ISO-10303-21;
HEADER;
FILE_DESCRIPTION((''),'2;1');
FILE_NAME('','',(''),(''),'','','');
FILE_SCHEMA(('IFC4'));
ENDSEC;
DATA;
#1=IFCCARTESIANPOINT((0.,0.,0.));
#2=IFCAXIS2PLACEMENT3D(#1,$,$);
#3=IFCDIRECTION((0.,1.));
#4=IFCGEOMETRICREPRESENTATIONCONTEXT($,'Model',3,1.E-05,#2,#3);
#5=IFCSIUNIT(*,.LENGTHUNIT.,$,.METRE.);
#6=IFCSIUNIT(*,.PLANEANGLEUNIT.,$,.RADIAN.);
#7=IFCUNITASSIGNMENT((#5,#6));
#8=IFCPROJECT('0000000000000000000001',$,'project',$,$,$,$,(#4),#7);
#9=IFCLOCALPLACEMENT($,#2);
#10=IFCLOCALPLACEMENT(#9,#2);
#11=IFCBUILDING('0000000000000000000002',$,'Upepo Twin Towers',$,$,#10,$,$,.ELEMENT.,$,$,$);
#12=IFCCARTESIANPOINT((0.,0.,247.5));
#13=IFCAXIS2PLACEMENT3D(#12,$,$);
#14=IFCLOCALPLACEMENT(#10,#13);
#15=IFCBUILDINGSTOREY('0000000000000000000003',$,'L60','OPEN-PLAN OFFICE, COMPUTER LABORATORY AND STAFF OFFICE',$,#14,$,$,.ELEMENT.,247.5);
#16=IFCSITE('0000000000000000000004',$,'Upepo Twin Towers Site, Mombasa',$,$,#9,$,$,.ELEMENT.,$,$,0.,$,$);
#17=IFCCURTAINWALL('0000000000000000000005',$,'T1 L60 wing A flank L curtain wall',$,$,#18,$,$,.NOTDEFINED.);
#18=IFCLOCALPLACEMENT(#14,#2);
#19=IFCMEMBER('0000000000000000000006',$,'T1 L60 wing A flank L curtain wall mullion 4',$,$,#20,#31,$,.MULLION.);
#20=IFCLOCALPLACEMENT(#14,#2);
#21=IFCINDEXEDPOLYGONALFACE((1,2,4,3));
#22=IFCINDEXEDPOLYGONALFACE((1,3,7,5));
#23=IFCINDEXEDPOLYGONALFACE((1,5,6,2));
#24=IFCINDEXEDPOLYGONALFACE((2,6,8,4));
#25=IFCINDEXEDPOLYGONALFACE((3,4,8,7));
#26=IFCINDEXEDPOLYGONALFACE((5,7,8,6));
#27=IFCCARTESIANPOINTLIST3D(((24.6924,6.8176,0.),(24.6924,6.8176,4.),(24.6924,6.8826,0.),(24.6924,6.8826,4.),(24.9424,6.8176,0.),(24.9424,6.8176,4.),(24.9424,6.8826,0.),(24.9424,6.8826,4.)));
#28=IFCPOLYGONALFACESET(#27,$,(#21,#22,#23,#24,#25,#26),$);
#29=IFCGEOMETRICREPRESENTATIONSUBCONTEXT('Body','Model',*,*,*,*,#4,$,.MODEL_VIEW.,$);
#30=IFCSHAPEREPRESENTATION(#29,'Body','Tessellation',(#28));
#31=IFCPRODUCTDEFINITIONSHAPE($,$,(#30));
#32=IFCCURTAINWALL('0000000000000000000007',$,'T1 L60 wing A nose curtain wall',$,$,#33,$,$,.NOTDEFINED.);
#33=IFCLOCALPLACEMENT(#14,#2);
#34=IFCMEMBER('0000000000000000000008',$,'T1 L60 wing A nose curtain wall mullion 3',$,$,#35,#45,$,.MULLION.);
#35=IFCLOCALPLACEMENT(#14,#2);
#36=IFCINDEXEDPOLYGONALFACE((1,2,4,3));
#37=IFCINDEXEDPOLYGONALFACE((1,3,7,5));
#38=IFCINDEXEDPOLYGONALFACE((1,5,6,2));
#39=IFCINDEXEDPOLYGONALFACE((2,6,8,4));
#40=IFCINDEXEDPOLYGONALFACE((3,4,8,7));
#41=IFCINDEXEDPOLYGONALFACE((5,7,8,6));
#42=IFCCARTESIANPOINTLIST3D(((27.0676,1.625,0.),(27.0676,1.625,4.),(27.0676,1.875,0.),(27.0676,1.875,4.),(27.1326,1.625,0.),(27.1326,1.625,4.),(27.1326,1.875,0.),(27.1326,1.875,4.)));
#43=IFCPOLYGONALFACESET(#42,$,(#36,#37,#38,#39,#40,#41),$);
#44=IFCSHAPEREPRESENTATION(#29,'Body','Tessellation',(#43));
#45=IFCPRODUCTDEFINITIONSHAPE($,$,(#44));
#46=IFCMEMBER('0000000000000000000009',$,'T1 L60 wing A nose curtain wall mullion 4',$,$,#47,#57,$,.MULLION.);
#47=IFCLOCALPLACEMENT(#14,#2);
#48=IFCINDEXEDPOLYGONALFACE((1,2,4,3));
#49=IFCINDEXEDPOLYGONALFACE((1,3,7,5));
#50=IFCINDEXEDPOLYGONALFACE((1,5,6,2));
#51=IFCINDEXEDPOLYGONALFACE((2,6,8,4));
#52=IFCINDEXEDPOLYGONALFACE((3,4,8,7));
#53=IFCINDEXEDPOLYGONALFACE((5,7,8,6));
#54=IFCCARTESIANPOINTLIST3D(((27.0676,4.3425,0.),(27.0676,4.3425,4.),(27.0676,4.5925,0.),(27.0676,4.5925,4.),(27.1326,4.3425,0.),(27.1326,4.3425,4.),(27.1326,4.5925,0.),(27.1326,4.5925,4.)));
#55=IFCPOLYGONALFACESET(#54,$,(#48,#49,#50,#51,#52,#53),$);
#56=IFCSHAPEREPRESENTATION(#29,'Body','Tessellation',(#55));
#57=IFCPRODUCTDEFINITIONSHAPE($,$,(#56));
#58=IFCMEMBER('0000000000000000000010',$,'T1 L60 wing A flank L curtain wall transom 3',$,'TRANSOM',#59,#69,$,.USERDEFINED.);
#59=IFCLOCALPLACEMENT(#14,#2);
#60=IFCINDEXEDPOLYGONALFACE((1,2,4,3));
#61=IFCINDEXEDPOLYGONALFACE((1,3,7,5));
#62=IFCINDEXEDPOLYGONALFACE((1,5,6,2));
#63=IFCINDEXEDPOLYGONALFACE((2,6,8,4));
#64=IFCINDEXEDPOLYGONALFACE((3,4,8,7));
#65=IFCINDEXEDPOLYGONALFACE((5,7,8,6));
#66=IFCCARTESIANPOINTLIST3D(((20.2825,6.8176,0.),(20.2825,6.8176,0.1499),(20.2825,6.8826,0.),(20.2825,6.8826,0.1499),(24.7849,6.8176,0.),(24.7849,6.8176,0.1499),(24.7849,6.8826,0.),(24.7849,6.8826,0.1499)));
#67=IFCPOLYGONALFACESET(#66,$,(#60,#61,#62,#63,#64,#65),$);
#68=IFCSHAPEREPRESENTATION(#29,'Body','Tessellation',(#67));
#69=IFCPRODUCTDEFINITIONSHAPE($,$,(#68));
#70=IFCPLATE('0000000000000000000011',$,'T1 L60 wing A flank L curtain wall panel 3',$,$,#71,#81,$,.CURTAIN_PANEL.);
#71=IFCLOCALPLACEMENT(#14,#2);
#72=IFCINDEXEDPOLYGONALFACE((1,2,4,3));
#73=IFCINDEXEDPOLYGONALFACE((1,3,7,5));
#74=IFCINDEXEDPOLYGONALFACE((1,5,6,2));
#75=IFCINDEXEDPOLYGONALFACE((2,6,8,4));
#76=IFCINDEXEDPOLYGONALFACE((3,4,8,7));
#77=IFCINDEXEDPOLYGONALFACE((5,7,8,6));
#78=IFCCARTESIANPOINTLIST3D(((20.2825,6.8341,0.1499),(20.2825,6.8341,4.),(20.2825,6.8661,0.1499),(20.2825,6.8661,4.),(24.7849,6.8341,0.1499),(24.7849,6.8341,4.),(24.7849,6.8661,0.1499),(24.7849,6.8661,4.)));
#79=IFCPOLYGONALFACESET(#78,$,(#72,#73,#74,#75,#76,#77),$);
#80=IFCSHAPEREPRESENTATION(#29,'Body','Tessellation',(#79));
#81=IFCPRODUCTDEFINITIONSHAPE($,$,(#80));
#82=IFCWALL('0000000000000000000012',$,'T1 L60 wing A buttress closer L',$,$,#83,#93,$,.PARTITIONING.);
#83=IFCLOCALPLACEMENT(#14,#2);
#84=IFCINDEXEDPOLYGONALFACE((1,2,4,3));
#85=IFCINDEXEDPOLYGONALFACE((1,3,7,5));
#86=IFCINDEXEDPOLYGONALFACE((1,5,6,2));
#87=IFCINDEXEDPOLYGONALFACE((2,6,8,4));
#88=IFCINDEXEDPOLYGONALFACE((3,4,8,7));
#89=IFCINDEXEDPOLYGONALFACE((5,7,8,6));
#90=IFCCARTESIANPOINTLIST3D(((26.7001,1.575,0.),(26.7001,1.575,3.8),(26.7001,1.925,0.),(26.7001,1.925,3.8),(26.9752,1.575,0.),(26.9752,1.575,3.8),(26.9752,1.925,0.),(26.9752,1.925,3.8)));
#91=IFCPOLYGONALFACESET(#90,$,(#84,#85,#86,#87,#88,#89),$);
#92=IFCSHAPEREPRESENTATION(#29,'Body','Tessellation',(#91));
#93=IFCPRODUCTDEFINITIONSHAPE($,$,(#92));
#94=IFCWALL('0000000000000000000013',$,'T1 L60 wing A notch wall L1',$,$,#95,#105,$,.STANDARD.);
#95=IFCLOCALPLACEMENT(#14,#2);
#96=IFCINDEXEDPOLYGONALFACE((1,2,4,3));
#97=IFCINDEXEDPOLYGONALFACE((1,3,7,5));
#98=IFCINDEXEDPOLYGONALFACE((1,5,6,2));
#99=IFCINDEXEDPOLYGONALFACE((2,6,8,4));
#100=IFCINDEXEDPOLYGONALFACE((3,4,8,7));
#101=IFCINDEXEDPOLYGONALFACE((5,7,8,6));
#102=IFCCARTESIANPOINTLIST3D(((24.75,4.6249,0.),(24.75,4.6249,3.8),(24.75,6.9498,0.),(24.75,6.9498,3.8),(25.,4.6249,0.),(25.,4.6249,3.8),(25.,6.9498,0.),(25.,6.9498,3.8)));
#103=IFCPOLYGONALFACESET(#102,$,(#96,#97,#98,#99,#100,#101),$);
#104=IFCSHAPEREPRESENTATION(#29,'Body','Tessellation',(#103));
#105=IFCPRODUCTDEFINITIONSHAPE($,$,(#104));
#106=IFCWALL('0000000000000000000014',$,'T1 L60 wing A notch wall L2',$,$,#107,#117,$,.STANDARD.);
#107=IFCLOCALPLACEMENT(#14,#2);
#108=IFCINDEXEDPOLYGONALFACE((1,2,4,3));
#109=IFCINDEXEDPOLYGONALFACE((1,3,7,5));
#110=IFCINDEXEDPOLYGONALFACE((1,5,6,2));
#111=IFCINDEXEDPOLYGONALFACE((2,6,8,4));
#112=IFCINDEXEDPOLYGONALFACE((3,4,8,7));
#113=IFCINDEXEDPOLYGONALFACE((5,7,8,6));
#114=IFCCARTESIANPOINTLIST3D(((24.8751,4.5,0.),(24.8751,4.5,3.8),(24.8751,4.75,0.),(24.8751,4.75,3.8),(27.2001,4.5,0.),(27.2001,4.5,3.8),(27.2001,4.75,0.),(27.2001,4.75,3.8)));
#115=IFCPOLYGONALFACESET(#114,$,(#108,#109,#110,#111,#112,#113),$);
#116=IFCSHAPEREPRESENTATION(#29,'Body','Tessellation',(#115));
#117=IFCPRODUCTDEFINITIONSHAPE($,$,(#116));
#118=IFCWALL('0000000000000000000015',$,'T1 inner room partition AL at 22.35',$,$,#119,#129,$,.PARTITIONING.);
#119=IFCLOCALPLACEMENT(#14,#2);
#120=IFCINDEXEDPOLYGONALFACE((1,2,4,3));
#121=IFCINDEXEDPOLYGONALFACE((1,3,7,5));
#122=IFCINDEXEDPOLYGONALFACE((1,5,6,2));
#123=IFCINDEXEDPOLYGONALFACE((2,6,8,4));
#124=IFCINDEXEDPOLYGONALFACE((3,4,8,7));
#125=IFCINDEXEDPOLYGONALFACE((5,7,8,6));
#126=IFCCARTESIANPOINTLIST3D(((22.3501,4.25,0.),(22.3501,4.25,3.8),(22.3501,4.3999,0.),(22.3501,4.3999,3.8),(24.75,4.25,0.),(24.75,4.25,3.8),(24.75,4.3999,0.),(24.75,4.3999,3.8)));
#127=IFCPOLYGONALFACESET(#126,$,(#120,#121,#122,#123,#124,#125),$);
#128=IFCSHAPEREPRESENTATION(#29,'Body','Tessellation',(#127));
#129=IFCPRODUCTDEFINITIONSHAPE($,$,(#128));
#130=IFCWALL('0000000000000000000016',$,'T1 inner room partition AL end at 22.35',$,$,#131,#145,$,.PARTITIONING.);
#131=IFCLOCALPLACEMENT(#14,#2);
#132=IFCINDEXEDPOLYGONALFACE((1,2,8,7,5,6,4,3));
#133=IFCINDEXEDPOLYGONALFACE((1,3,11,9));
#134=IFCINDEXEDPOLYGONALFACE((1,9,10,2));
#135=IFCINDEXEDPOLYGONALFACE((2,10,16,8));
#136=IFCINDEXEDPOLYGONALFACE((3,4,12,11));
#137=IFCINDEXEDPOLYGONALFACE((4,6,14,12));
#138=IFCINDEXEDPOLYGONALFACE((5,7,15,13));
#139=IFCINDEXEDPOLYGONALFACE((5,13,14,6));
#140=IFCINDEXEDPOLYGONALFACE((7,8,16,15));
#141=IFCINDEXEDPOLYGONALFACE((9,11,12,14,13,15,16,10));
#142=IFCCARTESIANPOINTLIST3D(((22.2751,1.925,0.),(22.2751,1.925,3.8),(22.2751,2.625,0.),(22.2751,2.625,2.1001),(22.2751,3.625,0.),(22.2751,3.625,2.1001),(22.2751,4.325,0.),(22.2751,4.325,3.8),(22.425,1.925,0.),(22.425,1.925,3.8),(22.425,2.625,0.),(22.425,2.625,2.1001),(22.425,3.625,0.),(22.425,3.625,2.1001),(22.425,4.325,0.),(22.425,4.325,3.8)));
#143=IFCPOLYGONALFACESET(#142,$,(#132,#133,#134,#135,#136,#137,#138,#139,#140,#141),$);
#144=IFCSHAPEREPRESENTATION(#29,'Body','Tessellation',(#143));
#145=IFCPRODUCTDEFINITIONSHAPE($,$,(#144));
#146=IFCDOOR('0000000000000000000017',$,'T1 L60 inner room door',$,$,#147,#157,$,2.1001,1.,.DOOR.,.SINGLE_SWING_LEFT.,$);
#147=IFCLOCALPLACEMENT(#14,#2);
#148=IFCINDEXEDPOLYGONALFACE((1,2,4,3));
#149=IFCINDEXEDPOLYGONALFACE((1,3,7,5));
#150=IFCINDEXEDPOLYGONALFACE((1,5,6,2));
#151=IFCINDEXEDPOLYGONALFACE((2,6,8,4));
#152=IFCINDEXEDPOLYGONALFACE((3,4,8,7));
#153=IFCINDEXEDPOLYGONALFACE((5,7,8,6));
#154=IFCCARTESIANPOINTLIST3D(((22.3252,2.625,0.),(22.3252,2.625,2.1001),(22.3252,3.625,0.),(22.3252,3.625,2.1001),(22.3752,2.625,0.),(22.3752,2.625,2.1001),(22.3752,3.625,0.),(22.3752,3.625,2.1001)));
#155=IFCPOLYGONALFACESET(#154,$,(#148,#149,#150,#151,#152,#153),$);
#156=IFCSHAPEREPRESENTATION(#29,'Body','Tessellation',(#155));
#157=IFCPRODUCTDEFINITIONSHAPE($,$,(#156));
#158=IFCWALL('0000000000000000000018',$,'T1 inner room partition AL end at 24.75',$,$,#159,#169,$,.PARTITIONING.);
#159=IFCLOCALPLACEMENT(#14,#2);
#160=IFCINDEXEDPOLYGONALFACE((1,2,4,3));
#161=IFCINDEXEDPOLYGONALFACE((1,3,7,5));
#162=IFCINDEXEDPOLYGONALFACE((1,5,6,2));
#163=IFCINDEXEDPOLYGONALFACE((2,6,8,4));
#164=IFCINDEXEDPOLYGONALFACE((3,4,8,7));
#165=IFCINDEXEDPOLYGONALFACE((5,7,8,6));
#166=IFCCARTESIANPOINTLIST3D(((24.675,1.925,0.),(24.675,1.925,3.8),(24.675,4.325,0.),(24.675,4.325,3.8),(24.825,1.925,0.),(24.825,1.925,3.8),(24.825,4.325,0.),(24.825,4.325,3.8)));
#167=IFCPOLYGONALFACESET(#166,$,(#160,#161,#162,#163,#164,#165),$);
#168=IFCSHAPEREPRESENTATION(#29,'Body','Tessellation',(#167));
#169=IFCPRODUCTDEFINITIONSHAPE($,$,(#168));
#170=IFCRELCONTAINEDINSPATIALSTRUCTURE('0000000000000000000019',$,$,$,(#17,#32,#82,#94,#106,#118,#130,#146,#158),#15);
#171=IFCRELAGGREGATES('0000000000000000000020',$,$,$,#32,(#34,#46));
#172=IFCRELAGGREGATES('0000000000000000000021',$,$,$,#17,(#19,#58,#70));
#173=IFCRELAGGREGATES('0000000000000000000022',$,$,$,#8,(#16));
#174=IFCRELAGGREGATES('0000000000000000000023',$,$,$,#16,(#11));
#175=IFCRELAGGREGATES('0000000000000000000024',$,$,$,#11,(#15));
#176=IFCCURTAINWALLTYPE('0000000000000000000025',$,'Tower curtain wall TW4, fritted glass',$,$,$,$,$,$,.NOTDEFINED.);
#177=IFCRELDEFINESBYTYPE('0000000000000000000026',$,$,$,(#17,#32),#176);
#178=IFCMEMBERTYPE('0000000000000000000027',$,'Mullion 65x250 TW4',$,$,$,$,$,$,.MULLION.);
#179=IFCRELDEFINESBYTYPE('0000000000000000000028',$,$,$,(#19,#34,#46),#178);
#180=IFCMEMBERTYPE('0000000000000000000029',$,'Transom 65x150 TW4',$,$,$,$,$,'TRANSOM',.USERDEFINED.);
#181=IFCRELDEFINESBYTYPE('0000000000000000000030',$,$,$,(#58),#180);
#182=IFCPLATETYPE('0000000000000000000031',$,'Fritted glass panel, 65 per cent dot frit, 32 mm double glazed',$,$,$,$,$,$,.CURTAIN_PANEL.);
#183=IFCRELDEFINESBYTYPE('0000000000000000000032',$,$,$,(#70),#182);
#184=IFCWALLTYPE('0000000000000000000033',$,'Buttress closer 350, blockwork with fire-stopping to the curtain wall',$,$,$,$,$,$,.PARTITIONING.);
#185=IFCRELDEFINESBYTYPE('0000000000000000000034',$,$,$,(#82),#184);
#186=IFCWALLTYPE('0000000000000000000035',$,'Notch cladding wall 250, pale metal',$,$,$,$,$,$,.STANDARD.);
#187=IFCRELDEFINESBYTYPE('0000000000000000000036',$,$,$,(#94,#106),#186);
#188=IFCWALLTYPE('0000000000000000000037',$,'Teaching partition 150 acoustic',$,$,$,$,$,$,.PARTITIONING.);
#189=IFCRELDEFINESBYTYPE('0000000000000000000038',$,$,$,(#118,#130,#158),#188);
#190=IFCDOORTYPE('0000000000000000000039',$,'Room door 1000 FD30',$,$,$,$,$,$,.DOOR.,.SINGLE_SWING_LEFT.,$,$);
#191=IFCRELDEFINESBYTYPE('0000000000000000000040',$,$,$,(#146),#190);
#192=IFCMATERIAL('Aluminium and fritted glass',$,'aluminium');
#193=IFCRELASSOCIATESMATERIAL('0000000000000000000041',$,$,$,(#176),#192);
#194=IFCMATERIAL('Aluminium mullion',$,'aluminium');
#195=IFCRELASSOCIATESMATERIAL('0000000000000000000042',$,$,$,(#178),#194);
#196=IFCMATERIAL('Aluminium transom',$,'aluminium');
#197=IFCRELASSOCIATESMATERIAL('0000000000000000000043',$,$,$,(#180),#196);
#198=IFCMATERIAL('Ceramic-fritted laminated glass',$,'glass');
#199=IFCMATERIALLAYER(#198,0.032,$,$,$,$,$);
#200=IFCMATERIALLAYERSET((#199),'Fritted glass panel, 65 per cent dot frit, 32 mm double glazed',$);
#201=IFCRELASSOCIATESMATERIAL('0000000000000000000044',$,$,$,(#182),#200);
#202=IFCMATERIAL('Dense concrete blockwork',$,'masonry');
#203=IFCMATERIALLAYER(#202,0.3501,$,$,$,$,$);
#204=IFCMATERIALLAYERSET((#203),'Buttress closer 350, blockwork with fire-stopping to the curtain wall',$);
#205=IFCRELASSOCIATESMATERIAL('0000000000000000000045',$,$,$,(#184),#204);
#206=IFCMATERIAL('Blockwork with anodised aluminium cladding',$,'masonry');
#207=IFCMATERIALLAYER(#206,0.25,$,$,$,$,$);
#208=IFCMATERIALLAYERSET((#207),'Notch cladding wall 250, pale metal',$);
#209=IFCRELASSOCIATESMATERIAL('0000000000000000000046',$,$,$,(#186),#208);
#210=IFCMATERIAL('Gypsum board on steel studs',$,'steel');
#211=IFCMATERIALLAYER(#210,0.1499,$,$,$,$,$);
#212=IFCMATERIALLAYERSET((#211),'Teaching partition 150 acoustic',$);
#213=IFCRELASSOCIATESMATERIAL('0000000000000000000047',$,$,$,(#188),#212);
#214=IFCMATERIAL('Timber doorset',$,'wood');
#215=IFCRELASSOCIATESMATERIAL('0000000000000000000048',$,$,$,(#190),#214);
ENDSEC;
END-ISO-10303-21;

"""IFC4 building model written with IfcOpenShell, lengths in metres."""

from ifc_helpers import new_model, si_unit, direction, frame, frame_2d, origin, origin_2d, place, context, subcontext, project, spatial, rectangle, extrude, material, layer, layer_set, material_profile, profile_set, type_object, element, fill, aggregate, save


model = new_model("IFC4")

# Units and contexts
model_context = context("Model", 3, precision=1e-05, world=origin(), true_north=direction((0.0, 1.0)))
body_context = subcontext(model_context, "Body", "Model", "MODEL_VIEW")
ifc_project = project(units=[si_unit("LENGTHUNIT", "METRE"), si_unit("PLANEANGLEUNIT", "RADIAN")], contexts=[model_context])

# Site, building, storey
site_placement = place(None, origin())
site = spatial("IfcSite", under=ifc_project, at=site_placement, Name="Upepo Twin Towers Site, Mombasa", CompositionType="ELEMENT", RefElevation=0.0)
building_placement = place(site_placement, origin())
building = spatial("IfcBuilding", under=site, at=building_placement, Name="Upepo Twin Towers", CompositionType="ELEMENT")
storey_placement = place(building_placement, frame((0.0, 0.0, 247.5)))
storey = spatial("IfcBuildingStorey", under=building, at=storey_placement, Name="L60", Description="OPEN-PLAN OFFICE, COMPUTER LABORATORY AND STAFF OFFICE", CompositionType="ELEMENT", Elevation=247.5)

# Curtain walls, members
ifc_material_1 = material(Name="Aluminium and fritted glass", Category="aluminium")
curtain_wall_type = type_object("IfcCurtainWallType", Name="Tower curtain wall TW4, fritted glass", PredefinedType="NOTDEFINED", material=ifc_material_1)
curtain_wall_1_placement = place(storey_placement, origin())
curtain_wall_1 = element("IfcCurtainWall", 1, at=curtain_wall_1_placement, inside=storey, type_object=curtain_wall_type, Name="T1 L60 wing A flank L curtain wall", PredefinedType="NOTDEFINED")
ifc_material_2 = material(Name="Aluminium mullion", Category="aluminium")
ifc_material_profile_1 = material_profile(ifc_material_2, rectangle(XDim=0.0649, YDim=0.25, at=origin_2d()), Name="MULLION 65x250")
ifc_profile_set_1 = profile_set([ifc_material_profile_1], Name="Aluminium mullion")
member_type_1 = type_object("IfcMemberType", Name="Mullion 65x250 TW4", PredefinedType="MULLION", material=ifc_profile_set_1)
member_1_placement = place(storey_placement, frame((24.8174, 6.8501, 0.0), z_axis=(0.0, 0.0, 1.0), x_axis=(0.0, 1.0, 0.0)))
member_1 = element("IfcMember", 2, at=member_1_placement, type_object=member_type_1, Name="T1 L60 wing A flank L curtain wall mullion 4", PredefinedType="MULLION", context=body_context, shape_type="SweptSolid", body=[
    extrude(rectangle(XDim=0.0649, YDim=0.25, at=origin_2d()), origin(), (0.0, 0.0, 1.0), 4.0),
])
curtain_wall_2_placement = place(storey_placement, origin())
curtain_wall_2 = element("IfcCurtainWall", 3, at=curtain_wall_2_placement, inside=storey, type_object=curtain_wall_type, Name="T1 L60 wing A nose curtain wall", PredefinedType="NOTDEFINED")
member_2_placement = place(storey_placement, frame((27.1001, 1.75, 0.0), z_axis=(0.0, 0.0, 1.0), x_axis=(-1.0, 0.0, 0.0)))
member_2 = element("IfcMember", 4, at=member_2_placement, type_object=member_type_1, Name="T1 L60 wing A nose curtain wall mullion 3", PredefinedType="MULLION", context=body_context, shape_type="SweptSolid", body=[
    extrude(rectangle(XDim=0.0649, YDim=0.25, at=origin_2d()), origin(), (0.0, 0.0, 1.0), 4.0),
])
member_3_placement = place(storey_placement, frame((27.1001, 4.4675, 0.0), z_axis=(0.0, 0.0, 1.0), x_axis=(-1.0, 0.0, 0.0)))
member_3 = element("IfcMember", 5, at=member_3_placement, type_object=member_type_1, Name="T1 L60 wing A nose curtain wall mullion 4", PredefinedType="MULLION", context=body_context, shape_type="SweptSolid", body=[
    extrude(rectangle(XDim=0.0649, YDim=0.25, at=origin_2d()), origin(), (0.0, 0.0, 1.0), 4.0),
])
aggregate(curtain_wall_2, [member_2, member_3])

# Member
ifc_material_3 = material(Name="Aluminium transom", Category="aluminium")
ifc_material_profile_2 = material_profile(ifc_material_3, rectangle(XDim=0.0649, YDim=0.1499, at=origin_2d()), Name="TRANSOM 65x150")
ifc_profile_set_2 = profile_set([ifc_material_profile_2], Name="Aluminium transom")
member_type_2 = type_object("IfcMemberType", Name="Transom 65x150 TW4", ElementType="TRANSOM", PredefinedType="USERDEFINED", material=ifc_profile_set_2)
member_4_placement = place(storey_placement, frame((20.2825, 6.8501, 0.075), z_axis=(1.0, 0.0, 0.0), x_axis=(0.0, 1.0, 0.0)))
member_4 = element("IfcMember", 6, at=member_4_placement, type_object=member_type_2, Name="T1 L60 wing A flank L curtain wall transom 3", ObjectType="TRANSOM", PredefinedType="USERDEFINED", context=body_context, shape_type="SweptSolid", body=[
    extrude(rectangle(XDim=0.0649, YDim=0.1499, at=origin_2d()), origin(), (0.0, 0.0, 1.0), 4.5024),
])

# Plate
ifc_material_4 = material(Name="Ceramic-fritted laminated glass", Category="glass")
ifc_layer_1 = layer(ifc_material_4, 0.032)
ifc_layer_set_1 = layer_set([ifc_layer_1], Name="Fritted glass panel, 65 per cent dot frit, 32 mm double glazed")
plate_type = type_object("IfcPlateType", Name="Fritted glass panel, 65 per cent dot frit, 32 mm double glazed", PredefinedType="CURTAIN_PANEL", material=ifc_layer_set_1)
plate_placement = place(storey_placement, frame((22.5337, 6.8501, 0.1499), z_axis=(0.0, 0.0, 1.0), x_axis=(1.0, 0.0, 0.0)))
plate = element("IfcPlate", 7, at=plate_placement, type_object=plate_type, Name="T1 L60 wing A flank L curtain wall panel 3", PredefinedType="CURTAIN_PANEL", context=body_context, shape_type="SweptSolid", body=[
    extrude(rectangle(XDim=4.5024, YDim=0.032, at=origin_2d()), origin(), (0.0, 0.0, 1.0), 3.8501),
])
aggregate(curtain_wall_1, [member_1, member_4, plate])

# Walls
ifc_material_5 = material(Name="Dense concrete blockwork", Category="masonry")
ifc_layer_2 = layer(ifc_material_5, 0.3501)
ifc_layer_set_2 = layer_set([ifc_layer_2], Name="Buttress closer 350, blockwork with fire-stopping to the curtain wall")
wall_type_1 = type_object("IfcWallType", Name="Buttress closer 350, blockwork with fire-stopping to the curtain wall", PredefinedType="PARTITIONING", material=ifc_layer_set_2)
wall_1_placement = place(storey_placement, frame((26.7, 1.75, 0.0), z_axis=(0.0, 0.0, 1.0), x_axis=(1.0, 0.0, 0.0)))
element("IfcWall", 8, at=wall_1_placement, inside=storey, type_object=wall_type_1, Name="T1 L60 wing A buttress closer L", PredefinedType="PARTITIONING", context=body_context, shape_type="SweptSolid", body=[
    extrude(rectangle(XDim=0.2751, YDim=0.3501, at=frame_2d((0.1377, 0.0))), origin(), (0.0, 0.0, 1.0), 3.8),
])
ifc_material_6 = material(Name="Blockwork with anodised aluminium cladding", Category="masonry")
ifc_layer_3 = layer(ifc_material_6, 0.25)
ifc_layer_set_3 = layer_set([ifc_layer_3], Name="Notch cladding wall 250, pale metal")
wall_type_2 = type_object("IfcWallType", Name="Notch cladding wall 250, pale metal", PredefinedType="STANDARD", material=ifc_layer_set_3)
for number, where, z_axis, x_axis, name in (
    (9, (24.875, 6.95, 0.0), (0.0, 0.0, 1.0), (0.0, -1.0, 0.0), "T1 L60 wing A notch wall L1"),
    (10, (24.875, 4.625, 0.0), (0.0, 0.0, 1.0), (1.0, 0.0, 0.0), "T1 L60 wing A notch wall L2"),
):
    element("IfcWall", number, at=place(storey_placement, frame(where, z_axis=z_axis, x_axis=x_axis)), inside=storey, type_object=wall_type_2, Name=name, PredefinedType="STANDARD", context=body_context, shape_type="SweptSolid", body=[
        extrude(rectangle(XDim=2.325, YDim=0.25, at=frame_2d((1.1626, 0.0))), origin(), (0.0, 0.0, 1.0), 3.8),
    ])
ifc_material_7 = material(Name="Gypsum board on steel studs", Category="steel")
ifc_layer_4 = layer(ifc_material_7, 0.1499)
ifc_layer_set_4 = layer_set([ifc_layer_4], Name="Teaching partition 150 acoustic")
wall_type_3 = type_object("IfcWallType", Name="Teaching partition 150 acoustic", PredefinedType="PARTITIONING", material=ifc_layer_set_4)
wall_2_placement = place(storey_placement, frame((22.3501, 4.325, 0.0), z_axis=(0.0, 0.0, 1.0), x_axis=(1.0, 0.0, 0.0)))
element("IfcWall", 11, at=wall_2_placement, inside=storey, type_object=wall_type_3, Name="T1 inner room partition AL at 22.35", PredefinedType="PARTITIONING", context=body_context, shape_type="SweptSolid", body=[
    extrude(rectangle(XDim=2.3999, YDim=0.1499, at=frame_2d((1.2, 0.0))), origin(), (0.0, 0.0, 1.0), 3.8),
])

# Wall, opening, door
wall_3_placement = place(storey_placement, frame((22.3501, 1.925, 0.0), z_axis=(0.0, 0.0, 1.0), x_axis=(0.0, 1.0, 0.0)))
wall_3 = element("IfcWall", 12, at=wall_3_placement, inside=storey, type_object=wall_type_3, Name="T1 inner room partition AL end at 22.35", PredefinedType="PARTITIONING", context=body_context, shape_type="SweptSolid", body=[
    extrude(rectangle(XDim=2.3999, YDim=0.1499, at=frame_2d((1.2, 0.0))), origin(), (0.0, 0.0, 1.0), 3.8),
])
opening_1_placement = place(wall_3_placement, frame((0.7, 0.0, 0.0)))
opening_1 = element("IfcOpeningElement", 13, at=opening_1_placement, cuts=wall_3, PredefinedType="OPENING", context=body_context, shape_type="SweptSolid", body=[
    extrude(rectangle(XDim=1.0, YDim=2.1001, at=frame_2d((0.5, 1.05))), frame((0.0, 0.085, 0.0), z_axis=(0.0, -1.0, 0.0), x_axis=(1.0, 0.0, 0.0)), (0.0, 0.0, 1.0), 0.1699),
])
ifc_material_8 = material(Name="Timber doorset", Category="wood")
door_type = type_object("IfcDoorType", Name="Room door 1000 FD30", OperationType="SINGLE_SWING_LEFT", PredefinedType="DOOR", material=ifc_material_8)
door_1_placement = place(opening_1_placement, origin())
door_1 = element("IfcDoor", 14, at=door_1_placement, inside=storey, type_object=door_type, Name="T1 L60 inner room door", OperationType="SINGLE_SWING_LEFT", OverallHeight=2.1001, OverallWidth=1.0, PredefinedType="DOOR", context=body_context, shape_type="SweptSolid", body=[
    extrude(rectangle(XDim=1.0, YDim=2.1001, at=frame_2d((0.5, 1.05))), frame((0.0, 0.0249, 0.0), z_axis=(0.0, -1.0, 0.0), x_axis=(1.0, 0.0, 0.0)), (0.0, 0.0, 1.0), 0.05),
])
fill(opening_1, door_1)

# Wall
wall_4_placement = place(storey_placement, frame((24.75, 1.925, 0.0), z_axis=(0.0, 0.0, 1.0), x_axis=(0.0, 1.0, 0.0)))
element("IfcWall", 15, at=wall_4_placement, inside=storey, type_object=wall_type_3, Name="T1 inner room partition AL end at 24.75", PredefinedType="PARTITIONING", context=body_context, shape_type="SweptSolid", body=[
    extrude(rectangle(XDim=2.3999, YDim=0.1499, at=frame_2d((1.2, 0.0))), origin(), (0.0, 0.0, 1.0), 3.8),
])

save(model, "model.ifc")
